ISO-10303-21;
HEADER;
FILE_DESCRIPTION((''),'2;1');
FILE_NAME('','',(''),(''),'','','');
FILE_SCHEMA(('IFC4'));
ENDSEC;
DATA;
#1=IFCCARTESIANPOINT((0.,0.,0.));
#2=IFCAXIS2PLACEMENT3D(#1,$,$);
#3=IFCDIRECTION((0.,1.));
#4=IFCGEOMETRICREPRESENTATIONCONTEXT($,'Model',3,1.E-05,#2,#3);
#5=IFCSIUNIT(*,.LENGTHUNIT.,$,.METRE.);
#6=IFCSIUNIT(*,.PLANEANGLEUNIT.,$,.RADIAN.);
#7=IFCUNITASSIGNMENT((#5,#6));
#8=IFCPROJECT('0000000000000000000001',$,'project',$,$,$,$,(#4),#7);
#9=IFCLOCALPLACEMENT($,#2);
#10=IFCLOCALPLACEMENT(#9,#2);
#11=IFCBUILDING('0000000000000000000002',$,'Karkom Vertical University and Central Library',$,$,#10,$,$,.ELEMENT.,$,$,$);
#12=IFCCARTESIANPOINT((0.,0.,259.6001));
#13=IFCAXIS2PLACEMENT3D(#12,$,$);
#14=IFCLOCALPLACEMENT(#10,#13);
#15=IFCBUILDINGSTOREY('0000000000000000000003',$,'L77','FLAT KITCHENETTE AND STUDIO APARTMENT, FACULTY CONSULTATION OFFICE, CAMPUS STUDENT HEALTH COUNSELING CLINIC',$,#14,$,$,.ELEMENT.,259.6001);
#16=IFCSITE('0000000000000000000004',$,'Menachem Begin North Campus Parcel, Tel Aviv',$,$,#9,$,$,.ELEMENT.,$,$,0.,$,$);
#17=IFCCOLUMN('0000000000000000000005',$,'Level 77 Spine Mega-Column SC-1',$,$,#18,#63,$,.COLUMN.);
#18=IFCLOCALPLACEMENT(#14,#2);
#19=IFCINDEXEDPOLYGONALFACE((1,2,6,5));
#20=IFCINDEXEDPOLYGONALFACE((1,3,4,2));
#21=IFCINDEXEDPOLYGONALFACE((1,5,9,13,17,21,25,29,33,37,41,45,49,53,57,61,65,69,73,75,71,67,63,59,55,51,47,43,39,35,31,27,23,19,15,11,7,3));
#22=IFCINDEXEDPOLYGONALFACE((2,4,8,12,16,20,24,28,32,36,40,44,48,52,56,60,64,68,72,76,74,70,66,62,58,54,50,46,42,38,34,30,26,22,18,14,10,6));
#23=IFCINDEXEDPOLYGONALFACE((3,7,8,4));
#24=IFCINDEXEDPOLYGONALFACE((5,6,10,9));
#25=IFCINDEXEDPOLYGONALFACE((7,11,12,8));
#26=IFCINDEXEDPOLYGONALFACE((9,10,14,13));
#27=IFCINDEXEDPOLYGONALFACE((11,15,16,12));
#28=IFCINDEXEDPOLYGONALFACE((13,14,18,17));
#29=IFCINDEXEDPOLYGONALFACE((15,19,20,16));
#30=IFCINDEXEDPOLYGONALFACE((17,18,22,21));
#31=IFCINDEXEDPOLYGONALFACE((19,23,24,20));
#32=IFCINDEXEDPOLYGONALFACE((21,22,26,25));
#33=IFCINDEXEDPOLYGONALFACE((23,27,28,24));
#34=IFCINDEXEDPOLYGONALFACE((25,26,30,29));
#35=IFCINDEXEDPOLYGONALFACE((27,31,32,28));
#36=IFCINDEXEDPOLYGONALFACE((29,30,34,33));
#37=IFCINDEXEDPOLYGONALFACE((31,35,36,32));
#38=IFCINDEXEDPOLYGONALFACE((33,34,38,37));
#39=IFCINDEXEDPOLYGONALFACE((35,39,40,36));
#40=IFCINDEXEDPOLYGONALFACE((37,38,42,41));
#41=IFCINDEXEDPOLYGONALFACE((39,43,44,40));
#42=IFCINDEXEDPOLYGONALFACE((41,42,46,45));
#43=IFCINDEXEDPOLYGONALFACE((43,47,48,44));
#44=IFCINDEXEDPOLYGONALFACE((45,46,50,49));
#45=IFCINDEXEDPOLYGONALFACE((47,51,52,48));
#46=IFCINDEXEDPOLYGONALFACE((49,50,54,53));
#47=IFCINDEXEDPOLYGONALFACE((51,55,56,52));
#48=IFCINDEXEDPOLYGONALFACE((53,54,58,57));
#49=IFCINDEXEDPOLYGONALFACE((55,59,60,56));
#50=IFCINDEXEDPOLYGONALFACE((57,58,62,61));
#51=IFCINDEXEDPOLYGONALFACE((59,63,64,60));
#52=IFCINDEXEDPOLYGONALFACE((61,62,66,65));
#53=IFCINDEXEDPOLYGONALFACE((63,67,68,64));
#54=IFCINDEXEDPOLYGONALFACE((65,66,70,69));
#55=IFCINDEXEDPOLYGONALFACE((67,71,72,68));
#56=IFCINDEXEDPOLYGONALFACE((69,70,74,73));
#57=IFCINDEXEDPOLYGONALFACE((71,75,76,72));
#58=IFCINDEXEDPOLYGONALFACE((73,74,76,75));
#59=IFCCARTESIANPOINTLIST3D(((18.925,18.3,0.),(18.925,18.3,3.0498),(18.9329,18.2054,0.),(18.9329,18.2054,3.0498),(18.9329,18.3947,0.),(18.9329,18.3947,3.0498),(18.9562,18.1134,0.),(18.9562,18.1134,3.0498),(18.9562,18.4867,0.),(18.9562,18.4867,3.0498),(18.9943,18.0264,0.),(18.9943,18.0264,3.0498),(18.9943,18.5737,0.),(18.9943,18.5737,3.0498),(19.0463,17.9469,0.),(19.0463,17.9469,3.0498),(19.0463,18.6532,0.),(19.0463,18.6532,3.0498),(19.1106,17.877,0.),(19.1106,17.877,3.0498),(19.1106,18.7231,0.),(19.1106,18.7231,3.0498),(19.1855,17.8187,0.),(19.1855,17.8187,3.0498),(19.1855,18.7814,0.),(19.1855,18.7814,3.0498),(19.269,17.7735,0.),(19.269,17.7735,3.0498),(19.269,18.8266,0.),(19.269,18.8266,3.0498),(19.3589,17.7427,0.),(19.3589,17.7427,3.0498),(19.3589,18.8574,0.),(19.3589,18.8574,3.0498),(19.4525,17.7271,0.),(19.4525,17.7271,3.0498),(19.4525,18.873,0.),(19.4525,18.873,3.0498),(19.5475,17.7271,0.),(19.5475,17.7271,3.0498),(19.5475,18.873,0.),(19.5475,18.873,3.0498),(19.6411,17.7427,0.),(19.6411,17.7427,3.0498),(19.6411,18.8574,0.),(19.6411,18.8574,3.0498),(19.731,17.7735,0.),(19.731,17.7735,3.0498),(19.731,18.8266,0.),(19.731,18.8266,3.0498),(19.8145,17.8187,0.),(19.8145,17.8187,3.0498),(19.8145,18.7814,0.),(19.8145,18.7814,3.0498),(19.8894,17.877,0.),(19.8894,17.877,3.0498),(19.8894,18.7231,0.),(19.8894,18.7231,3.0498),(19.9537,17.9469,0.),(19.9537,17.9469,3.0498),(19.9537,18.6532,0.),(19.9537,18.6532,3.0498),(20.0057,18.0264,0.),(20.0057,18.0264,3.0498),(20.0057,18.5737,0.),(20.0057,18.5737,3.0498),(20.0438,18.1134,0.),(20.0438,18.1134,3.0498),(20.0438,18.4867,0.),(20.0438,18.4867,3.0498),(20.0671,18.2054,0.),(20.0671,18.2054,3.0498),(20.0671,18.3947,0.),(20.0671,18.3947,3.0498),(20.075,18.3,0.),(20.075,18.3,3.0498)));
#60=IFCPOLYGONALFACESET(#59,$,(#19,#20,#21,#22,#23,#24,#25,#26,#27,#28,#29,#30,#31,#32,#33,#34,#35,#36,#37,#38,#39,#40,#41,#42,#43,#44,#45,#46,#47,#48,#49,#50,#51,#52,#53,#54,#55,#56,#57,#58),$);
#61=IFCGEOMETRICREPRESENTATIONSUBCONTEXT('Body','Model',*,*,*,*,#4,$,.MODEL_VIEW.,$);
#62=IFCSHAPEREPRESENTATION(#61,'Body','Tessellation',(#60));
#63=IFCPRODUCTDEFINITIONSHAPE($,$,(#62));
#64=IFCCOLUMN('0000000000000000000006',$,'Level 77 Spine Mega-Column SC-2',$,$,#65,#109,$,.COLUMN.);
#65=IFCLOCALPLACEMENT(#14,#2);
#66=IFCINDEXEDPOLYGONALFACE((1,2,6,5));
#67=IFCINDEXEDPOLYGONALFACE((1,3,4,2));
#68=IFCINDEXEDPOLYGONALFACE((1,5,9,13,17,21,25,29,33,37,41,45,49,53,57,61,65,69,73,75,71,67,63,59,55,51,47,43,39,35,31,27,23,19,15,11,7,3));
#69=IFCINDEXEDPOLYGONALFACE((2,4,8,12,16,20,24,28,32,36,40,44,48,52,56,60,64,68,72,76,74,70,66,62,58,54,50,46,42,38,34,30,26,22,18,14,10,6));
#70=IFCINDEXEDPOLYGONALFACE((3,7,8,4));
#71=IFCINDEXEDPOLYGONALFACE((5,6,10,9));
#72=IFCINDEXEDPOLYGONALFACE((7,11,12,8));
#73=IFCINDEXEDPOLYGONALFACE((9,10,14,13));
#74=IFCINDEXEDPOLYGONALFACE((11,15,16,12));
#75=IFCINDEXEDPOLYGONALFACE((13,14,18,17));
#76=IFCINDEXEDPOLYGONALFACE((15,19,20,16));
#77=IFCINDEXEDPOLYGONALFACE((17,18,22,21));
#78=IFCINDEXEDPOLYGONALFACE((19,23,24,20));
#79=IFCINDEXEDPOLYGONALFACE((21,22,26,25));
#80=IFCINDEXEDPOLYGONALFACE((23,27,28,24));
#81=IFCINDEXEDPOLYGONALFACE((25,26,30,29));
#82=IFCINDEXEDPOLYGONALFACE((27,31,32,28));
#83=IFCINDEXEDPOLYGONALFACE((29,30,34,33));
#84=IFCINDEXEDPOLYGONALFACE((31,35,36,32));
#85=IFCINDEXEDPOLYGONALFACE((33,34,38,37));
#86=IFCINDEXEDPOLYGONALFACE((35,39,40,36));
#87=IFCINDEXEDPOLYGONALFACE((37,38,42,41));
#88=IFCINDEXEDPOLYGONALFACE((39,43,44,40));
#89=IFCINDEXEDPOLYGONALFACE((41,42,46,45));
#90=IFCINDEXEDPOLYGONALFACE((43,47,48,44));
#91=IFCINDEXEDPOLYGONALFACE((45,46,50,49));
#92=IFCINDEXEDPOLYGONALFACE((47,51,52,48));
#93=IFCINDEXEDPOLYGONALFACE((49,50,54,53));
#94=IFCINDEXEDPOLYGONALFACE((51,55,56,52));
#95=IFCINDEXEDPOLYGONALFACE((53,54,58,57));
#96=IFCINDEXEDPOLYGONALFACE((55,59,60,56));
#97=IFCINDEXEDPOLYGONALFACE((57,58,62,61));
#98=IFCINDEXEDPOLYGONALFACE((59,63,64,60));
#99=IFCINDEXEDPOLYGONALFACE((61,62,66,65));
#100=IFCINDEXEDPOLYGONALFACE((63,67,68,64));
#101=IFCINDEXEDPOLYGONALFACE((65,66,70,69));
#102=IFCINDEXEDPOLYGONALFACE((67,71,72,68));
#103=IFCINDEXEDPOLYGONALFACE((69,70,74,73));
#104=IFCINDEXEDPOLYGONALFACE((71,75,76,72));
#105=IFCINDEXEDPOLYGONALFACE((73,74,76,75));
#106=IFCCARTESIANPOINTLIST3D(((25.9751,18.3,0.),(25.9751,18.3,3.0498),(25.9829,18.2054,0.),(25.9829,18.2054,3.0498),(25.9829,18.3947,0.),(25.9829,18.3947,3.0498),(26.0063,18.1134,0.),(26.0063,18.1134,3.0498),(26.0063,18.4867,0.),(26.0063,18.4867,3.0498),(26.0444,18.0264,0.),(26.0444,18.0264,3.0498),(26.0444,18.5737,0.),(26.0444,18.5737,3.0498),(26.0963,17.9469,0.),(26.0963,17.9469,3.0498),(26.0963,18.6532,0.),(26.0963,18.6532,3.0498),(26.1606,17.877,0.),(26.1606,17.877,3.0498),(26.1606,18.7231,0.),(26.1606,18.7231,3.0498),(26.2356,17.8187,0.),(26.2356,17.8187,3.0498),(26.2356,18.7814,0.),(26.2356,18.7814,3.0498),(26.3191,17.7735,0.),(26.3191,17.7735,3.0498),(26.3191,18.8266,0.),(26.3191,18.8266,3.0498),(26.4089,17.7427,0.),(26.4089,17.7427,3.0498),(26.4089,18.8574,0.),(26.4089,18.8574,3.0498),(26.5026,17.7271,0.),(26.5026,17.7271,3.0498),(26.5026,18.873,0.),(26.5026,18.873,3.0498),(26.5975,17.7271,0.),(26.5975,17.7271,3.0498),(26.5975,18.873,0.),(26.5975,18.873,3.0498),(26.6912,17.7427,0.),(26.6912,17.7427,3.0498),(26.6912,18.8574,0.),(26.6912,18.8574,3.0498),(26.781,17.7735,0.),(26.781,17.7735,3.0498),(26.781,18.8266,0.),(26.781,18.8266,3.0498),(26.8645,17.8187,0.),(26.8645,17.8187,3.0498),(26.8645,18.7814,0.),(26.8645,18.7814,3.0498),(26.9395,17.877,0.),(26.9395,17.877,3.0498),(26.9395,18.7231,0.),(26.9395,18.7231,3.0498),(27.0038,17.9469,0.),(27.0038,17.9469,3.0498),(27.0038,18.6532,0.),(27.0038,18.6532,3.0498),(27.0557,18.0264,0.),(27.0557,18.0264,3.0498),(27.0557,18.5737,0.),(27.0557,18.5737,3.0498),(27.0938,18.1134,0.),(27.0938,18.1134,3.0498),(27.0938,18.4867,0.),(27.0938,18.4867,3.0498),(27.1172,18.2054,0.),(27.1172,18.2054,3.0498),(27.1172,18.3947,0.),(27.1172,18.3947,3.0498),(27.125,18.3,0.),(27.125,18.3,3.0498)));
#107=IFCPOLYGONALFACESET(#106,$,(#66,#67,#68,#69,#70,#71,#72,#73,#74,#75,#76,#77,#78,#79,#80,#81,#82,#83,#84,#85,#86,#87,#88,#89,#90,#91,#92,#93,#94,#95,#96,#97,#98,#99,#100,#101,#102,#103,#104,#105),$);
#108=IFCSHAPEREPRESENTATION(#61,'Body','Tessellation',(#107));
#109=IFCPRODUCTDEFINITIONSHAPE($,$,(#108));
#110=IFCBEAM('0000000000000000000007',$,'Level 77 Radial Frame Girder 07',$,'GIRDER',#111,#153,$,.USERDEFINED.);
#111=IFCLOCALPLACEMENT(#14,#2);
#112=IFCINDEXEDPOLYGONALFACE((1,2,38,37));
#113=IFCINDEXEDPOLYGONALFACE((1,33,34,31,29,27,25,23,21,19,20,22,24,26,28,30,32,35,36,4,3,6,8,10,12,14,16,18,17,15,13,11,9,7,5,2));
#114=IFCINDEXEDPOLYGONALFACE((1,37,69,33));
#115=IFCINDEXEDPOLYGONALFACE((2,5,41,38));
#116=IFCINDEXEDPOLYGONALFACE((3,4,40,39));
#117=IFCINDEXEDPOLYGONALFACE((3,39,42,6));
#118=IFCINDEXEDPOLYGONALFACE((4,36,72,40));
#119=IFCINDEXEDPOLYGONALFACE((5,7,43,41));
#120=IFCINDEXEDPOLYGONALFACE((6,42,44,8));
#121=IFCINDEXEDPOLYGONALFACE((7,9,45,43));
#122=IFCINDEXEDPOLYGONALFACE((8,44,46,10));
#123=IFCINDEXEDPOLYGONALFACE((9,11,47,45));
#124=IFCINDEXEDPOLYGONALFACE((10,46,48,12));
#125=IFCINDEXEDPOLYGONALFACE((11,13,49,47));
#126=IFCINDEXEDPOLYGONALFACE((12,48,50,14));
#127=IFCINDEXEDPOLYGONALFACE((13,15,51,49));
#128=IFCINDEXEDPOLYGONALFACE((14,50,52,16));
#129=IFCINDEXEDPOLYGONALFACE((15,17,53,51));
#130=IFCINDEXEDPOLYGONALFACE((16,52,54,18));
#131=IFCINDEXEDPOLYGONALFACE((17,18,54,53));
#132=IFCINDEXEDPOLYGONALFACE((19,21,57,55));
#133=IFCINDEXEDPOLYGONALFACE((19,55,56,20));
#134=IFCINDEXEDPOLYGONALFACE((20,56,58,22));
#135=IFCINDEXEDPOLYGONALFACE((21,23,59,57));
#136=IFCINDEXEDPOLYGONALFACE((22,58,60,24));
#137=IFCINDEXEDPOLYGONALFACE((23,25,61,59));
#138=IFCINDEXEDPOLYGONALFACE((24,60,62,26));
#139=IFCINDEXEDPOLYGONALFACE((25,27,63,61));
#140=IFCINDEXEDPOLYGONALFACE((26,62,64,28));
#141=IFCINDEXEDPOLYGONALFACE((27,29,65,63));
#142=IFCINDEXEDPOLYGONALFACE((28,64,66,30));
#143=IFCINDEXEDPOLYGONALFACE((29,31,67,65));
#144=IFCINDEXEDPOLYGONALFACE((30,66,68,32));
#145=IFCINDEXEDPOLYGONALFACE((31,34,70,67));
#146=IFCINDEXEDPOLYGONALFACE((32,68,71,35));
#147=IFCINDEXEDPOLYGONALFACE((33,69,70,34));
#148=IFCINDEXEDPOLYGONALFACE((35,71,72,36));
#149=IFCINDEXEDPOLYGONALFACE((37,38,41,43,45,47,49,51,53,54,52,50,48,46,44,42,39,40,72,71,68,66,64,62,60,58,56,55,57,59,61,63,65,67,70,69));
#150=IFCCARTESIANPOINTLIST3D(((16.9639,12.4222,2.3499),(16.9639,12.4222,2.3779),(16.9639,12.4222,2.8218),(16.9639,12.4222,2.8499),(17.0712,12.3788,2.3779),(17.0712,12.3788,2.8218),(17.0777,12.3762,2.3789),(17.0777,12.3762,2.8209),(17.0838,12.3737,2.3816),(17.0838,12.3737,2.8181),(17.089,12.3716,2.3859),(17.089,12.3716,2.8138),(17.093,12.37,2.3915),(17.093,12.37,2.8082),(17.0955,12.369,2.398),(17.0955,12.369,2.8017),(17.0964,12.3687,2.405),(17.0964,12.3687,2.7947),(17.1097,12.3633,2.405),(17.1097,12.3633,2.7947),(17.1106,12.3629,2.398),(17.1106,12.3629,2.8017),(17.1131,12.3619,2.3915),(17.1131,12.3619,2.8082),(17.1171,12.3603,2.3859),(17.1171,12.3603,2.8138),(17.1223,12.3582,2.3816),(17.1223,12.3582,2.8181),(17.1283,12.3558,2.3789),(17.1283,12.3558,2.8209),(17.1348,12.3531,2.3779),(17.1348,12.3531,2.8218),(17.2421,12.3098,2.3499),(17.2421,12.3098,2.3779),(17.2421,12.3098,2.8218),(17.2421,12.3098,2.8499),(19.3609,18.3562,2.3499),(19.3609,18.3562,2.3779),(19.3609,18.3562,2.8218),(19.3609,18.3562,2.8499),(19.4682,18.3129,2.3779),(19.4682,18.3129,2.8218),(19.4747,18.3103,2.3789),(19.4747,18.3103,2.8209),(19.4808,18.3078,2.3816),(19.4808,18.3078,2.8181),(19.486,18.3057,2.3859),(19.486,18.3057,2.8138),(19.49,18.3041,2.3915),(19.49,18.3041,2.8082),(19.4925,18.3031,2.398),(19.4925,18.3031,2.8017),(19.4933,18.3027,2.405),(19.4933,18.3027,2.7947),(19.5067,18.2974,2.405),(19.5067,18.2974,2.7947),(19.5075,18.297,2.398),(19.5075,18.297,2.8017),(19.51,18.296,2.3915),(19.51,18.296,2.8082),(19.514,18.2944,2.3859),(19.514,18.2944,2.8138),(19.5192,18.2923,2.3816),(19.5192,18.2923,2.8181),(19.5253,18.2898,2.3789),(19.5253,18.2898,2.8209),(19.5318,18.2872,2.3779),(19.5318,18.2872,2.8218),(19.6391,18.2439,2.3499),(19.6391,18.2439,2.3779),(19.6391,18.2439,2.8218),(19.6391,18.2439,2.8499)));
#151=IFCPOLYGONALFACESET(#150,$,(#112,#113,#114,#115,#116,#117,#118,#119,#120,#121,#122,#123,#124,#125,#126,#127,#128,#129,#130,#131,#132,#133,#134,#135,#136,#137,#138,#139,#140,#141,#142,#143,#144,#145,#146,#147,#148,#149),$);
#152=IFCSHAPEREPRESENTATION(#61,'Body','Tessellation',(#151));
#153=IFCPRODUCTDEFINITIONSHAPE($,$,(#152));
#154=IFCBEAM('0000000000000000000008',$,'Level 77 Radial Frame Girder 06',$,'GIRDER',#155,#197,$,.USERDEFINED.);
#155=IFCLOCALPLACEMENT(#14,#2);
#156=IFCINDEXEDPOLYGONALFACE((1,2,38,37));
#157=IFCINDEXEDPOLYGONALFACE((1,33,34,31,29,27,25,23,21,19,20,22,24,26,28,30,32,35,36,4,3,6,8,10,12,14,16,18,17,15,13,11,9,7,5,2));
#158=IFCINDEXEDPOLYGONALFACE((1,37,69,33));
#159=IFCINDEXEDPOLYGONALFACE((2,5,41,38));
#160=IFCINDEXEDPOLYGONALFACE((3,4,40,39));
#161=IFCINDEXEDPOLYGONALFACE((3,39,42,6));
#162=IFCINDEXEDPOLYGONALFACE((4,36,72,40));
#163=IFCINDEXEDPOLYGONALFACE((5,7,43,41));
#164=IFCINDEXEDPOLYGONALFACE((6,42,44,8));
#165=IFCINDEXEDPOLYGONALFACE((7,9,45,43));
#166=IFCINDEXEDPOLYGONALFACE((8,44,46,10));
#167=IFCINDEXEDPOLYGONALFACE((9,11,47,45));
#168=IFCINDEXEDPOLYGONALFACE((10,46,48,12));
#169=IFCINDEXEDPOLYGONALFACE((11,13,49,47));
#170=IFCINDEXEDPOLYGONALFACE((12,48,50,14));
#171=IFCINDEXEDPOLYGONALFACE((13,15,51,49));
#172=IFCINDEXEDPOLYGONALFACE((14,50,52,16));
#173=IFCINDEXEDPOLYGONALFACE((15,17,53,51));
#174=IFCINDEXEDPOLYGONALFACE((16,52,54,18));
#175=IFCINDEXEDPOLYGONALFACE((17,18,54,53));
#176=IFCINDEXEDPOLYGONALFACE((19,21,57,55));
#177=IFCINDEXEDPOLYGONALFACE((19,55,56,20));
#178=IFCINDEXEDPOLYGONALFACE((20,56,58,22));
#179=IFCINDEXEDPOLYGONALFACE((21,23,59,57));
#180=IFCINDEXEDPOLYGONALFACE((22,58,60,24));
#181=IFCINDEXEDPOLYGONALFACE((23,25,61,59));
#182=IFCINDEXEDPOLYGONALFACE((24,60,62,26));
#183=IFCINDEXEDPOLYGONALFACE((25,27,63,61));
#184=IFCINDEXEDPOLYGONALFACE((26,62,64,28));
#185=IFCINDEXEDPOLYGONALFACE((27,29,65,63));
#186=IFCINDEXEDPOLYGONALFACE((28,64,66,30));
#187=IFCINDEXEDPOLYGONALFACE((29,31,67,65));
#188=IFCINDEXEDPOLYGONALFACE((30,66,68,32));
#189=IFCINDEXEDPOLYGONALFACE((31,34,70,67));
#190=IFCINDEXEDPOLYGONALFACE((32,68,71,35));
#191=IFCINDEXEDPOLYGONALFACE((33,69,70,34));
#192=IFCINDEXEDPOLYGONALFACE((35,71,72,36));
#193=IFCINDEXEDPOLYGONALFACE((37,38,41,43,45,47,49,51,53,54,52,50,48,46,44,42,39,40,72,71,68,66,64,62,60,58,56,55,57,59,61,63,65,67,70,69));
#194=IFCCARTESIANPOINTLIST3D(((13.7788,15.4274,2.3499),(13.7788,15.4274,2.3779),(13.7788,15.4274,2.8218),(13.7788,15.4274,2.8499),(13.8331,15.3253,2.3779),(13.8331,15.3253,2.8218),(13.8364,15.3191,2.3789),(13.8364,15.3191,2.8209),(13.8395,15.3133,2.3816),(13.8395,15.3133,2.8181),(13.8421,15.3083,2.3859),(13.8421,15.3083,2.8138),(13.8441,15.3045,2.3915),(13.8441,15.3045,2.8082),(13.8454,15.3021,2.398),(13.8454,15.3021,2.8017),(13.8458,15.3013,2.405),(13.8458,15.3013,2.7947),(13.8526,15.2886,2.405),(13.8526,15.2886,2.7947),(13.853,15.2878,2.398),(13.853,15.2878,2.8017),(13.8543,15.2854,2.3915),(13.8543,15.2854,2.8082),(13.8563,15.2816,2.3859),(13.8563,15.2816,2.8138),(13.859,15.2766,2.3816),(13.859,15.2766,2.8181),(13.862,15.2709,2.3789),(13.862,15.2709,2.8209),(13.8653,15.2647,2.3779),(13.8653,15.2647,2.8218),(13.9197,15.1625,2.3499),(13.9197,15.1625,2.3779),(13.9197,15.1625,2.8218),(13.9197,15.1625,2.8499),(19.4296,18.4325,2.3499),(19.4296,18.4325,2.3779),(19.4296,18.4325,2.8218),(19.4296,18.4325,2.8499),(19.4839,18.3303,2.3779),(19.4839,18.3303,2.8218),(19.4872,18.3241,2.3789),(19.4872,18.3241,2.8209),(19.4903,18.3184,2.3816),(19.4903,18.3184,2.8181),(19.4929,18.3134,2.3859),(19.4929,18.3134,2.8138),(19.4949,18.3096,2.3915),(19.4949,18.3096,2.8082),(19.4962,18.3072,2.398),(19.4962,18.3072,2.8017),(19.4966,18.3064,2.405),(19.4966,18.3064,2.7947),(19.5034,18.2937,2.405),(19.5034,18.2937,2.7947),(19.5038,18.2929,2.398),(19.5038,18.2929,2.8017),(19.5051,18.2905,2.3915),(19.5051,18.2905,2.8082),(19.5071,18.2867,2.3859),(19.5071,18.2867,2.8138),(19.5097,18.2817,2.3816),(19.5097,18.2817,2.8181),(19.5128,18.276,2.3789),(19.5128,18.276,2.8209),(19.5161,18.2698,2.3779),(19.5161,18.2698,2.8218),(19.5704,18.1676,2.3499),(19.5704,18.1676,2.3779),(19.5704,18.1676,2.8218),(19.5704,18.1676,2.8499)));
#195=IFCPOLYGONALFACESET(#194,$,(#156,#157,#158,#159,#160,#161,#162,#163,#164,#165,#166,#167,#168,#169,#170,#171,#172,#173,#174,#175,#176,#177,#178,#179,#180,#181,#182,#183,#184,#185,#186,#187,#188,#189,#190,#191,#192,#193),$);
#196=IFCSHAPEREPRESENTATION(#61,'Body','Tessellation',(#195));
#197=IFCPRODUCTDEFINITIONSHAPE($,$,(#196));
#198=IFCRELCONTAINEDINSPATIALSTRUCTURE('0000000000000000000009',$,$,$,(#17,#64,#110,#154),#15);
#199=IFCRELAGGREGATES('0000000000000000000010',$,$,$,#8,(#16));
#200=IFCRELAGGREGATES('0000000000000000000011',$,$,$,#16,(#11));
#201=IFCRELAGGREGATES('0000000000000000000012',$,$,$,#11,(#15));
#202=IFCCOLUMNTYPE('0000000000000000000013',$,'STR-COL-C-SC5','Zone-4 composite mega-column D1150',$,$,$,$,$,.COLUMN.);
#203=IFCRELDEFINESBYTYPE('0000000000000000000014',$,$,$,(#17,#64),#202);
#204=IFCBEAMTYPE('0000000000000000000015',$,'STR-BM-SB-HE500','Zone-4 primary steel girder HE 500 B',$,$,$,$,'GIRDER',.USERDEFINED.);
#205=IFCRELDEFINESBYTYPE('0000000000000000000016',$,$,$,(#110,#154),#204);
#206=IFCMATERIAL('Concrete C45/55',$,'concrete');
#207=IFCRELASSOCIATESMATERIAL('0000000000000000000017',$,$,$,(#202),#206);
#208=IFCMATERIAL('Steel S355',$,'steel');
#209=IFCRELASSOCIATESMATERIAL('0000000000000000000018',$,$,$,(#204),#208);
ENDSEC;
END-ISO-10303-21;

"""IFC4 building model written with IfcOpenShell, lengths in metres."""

from ifc_helpers import new_model, si_unit, direction, frame, origin, origin_with_axes, origin_2d, place, context, subcontext, project, spatial, circle, i_section, extrude, source, transform, mapped, material, material_profile, profile_set, type_object, element, save


model = new_model("IFC4")

# Units and contexts
model_context = context("Model", 3, precision=1e-05, world=origin(), true_north=direction((0.0, 1.0)))
body_context = subcontext(model_context, "Body", "Model", "MODEL_VIEW")
ifc_project = project(units=[si_unit("LENGTHUNIT", "METRE"), si_unit("PLANEANGLEUNIT", "RADIAN")], contexts=[model_context])

# Site, building, storey
site_placement = place(None, origin())
site = spatial("IfcSite", under=ifc_project, at=site_placement, Name="Menachem Begin North Campus Parcel, Tel Aviv", CompositionType="ELEMENT", RefElevation=0.0)
building_placement = place(site_placement, origin())
building = spatial("IfcBuilding", under=site, at=building_placement, Name="Karkom Vertical University and Central Library", CompositionType="ELEMENT")
storey_placement = place(building_placement, frame((0.0, 0.0, 259.6001)))
storey = spatial("IfcBuildingStorey", under=building, at=storey_placement, Name="L77", Description="FLAT KITCHENETTE AND STUDIO APARTMENT, FACULTY CONSULTATION OFFICE, CAMPUS STUDENT HEALTH COUNSELING CLINIC", CompositionType="ELEMENT", Elevation=259.6001)

# Columns
ifc_material_1 = material(Name="Concrete C45/55", Category="concrete")
ifc_material_profile_1 = material_profile(ifc_material_1, circle(Radius=0.575, at=origin_2d()), Name="CFT-D1150")
ifc_profile_set_1 = profile_set([ifc_material_profile_1], Name="Concrete C45/55")
column_type = type_object("IfcColumnType", Name="STR-COL-C-SC5", Description="Zone-4 composite mega-column D1150", PredefinedType="COLUMN", material=ifc_profile_set_1)
shared_shape_1 = source(origin_with_axes(), body_context, "Body", "SweptSolid", [
    extrude(circle(Radius=0.575, at=origin_2d()), origin(), (0.0, 0.0, 1.0), 3.0498),
])
for number, where, z_axis, x_axis, name in (
    (1, (19.5, 18.3, 0.0), (0.0, 0.0, 1.0), (1.0, 0.0, 0.0), "Level 77 Spine Mega-Column SC-1"),
    (2, (26.55, 18.3, 0.0), (0.0, 0.0, 1.0), (1.0, 0.0, 0.0), "Level 77 Spine Mega-Column SC-2"),
):
    element("IfcColumn", number, at=place(storey_placement, frame(where, z_axis=z_axis, x_axis=x_axis)), inside=storey, type_object=column_type, Name=name, PredefinedType="COLUMN", context=body_context, shape_type="MappedRepresentation", body=[
        mapped(shared_shape_1, transform((0.0, 0.0, 0.0), scale=1.0)),
    ])

# Beams
ifc_material_2 = material(Name="Steel S355", Category="steel")
ifc_material_profile_2 = material_profile(ifc_material_2, i_section(OverallWidth=0.3, OverallDepth=0.5, WebThickness=0.0144, FlangeThickness=0.0281, FilletRadius=0.0271, at=origin_2d()), Name="HE 500 B")
ifc_profile_set_2 = profile_set([ifc_material_profile_2], Name="Steel S355")
beam_type = type_object("IfcBeamType", Name="STR-BM-SB-HE500", Description="Zone-4 primary steel girder HE 500 B", ElementType="GIRDER", PredefinedType="USERDEFINED", material=ifc_profile_set_2)
shared_shape_2 = source(origin_with_axes(), body_context, "Body", "SweptSolid", [
    extrude(i_section(OverallWidth=0.3, OverallDepth=0.5, WebThickness=0.0144, FlangeThickness=0.0281, FilletRadius=0.0271, at=origin_2d()), origin(), (0.0, 0.0, 1.0), 6.3999),
])
beam_1_placement = place(storey_placement, frame((19.5, 18.3, 2.5999), z_axis=(-0.374532, -0.927214, 0.0), x_axis=(0.927214, -0.374532, 0.0)))
element("IfcBeam", 3, at=beam_1_placement, inside=storey, type_object=beam_type, Name="Level 77 Radial Frame Girder 07", ObjectType="GIRDER", PredefinedType="USERDEFINED", context=body_context, shape_type="MappedRepresentation", body=[
    mapped(shared_shape_2, transform((0.0, 0.0, 0.0), scale=1.0)),
])
shared_shape_3 = source(origin_with_axes(), body_context, "Body", "SweptSolid", [
    extrude(i_section(OverallWidth=0.3, OverallDepth=0.5, WebThickness=0.0144, FlangeThickness=0.0281, FilletRadius=0.0271, at=origin_2d()), origin(), (0.0, 0.0, 1.0), 6.4001),
])
beam_2_placement = place(storey_placement, frame((19.5, 18.3, 2.5999), z_axis=(-0.882915, -0.469533, 0.0), x_axis=(0.469533, -0.882915, 0.0)))
element("IfcBeam", 4, at=beam_2_placement, inside=storey, type_object=beam_type, Name="Level 77 Radial Frame Girder 06", ObjectType="GIRDER", PredefinedType="USERDEFINED", context=body_context, shape_type="MappedRepresentation", body=[
    mapped(shared_shape_3, transform((0.0, 0.0, 0.0), scale=1.0)),
])

save(model, "model.ifc")
